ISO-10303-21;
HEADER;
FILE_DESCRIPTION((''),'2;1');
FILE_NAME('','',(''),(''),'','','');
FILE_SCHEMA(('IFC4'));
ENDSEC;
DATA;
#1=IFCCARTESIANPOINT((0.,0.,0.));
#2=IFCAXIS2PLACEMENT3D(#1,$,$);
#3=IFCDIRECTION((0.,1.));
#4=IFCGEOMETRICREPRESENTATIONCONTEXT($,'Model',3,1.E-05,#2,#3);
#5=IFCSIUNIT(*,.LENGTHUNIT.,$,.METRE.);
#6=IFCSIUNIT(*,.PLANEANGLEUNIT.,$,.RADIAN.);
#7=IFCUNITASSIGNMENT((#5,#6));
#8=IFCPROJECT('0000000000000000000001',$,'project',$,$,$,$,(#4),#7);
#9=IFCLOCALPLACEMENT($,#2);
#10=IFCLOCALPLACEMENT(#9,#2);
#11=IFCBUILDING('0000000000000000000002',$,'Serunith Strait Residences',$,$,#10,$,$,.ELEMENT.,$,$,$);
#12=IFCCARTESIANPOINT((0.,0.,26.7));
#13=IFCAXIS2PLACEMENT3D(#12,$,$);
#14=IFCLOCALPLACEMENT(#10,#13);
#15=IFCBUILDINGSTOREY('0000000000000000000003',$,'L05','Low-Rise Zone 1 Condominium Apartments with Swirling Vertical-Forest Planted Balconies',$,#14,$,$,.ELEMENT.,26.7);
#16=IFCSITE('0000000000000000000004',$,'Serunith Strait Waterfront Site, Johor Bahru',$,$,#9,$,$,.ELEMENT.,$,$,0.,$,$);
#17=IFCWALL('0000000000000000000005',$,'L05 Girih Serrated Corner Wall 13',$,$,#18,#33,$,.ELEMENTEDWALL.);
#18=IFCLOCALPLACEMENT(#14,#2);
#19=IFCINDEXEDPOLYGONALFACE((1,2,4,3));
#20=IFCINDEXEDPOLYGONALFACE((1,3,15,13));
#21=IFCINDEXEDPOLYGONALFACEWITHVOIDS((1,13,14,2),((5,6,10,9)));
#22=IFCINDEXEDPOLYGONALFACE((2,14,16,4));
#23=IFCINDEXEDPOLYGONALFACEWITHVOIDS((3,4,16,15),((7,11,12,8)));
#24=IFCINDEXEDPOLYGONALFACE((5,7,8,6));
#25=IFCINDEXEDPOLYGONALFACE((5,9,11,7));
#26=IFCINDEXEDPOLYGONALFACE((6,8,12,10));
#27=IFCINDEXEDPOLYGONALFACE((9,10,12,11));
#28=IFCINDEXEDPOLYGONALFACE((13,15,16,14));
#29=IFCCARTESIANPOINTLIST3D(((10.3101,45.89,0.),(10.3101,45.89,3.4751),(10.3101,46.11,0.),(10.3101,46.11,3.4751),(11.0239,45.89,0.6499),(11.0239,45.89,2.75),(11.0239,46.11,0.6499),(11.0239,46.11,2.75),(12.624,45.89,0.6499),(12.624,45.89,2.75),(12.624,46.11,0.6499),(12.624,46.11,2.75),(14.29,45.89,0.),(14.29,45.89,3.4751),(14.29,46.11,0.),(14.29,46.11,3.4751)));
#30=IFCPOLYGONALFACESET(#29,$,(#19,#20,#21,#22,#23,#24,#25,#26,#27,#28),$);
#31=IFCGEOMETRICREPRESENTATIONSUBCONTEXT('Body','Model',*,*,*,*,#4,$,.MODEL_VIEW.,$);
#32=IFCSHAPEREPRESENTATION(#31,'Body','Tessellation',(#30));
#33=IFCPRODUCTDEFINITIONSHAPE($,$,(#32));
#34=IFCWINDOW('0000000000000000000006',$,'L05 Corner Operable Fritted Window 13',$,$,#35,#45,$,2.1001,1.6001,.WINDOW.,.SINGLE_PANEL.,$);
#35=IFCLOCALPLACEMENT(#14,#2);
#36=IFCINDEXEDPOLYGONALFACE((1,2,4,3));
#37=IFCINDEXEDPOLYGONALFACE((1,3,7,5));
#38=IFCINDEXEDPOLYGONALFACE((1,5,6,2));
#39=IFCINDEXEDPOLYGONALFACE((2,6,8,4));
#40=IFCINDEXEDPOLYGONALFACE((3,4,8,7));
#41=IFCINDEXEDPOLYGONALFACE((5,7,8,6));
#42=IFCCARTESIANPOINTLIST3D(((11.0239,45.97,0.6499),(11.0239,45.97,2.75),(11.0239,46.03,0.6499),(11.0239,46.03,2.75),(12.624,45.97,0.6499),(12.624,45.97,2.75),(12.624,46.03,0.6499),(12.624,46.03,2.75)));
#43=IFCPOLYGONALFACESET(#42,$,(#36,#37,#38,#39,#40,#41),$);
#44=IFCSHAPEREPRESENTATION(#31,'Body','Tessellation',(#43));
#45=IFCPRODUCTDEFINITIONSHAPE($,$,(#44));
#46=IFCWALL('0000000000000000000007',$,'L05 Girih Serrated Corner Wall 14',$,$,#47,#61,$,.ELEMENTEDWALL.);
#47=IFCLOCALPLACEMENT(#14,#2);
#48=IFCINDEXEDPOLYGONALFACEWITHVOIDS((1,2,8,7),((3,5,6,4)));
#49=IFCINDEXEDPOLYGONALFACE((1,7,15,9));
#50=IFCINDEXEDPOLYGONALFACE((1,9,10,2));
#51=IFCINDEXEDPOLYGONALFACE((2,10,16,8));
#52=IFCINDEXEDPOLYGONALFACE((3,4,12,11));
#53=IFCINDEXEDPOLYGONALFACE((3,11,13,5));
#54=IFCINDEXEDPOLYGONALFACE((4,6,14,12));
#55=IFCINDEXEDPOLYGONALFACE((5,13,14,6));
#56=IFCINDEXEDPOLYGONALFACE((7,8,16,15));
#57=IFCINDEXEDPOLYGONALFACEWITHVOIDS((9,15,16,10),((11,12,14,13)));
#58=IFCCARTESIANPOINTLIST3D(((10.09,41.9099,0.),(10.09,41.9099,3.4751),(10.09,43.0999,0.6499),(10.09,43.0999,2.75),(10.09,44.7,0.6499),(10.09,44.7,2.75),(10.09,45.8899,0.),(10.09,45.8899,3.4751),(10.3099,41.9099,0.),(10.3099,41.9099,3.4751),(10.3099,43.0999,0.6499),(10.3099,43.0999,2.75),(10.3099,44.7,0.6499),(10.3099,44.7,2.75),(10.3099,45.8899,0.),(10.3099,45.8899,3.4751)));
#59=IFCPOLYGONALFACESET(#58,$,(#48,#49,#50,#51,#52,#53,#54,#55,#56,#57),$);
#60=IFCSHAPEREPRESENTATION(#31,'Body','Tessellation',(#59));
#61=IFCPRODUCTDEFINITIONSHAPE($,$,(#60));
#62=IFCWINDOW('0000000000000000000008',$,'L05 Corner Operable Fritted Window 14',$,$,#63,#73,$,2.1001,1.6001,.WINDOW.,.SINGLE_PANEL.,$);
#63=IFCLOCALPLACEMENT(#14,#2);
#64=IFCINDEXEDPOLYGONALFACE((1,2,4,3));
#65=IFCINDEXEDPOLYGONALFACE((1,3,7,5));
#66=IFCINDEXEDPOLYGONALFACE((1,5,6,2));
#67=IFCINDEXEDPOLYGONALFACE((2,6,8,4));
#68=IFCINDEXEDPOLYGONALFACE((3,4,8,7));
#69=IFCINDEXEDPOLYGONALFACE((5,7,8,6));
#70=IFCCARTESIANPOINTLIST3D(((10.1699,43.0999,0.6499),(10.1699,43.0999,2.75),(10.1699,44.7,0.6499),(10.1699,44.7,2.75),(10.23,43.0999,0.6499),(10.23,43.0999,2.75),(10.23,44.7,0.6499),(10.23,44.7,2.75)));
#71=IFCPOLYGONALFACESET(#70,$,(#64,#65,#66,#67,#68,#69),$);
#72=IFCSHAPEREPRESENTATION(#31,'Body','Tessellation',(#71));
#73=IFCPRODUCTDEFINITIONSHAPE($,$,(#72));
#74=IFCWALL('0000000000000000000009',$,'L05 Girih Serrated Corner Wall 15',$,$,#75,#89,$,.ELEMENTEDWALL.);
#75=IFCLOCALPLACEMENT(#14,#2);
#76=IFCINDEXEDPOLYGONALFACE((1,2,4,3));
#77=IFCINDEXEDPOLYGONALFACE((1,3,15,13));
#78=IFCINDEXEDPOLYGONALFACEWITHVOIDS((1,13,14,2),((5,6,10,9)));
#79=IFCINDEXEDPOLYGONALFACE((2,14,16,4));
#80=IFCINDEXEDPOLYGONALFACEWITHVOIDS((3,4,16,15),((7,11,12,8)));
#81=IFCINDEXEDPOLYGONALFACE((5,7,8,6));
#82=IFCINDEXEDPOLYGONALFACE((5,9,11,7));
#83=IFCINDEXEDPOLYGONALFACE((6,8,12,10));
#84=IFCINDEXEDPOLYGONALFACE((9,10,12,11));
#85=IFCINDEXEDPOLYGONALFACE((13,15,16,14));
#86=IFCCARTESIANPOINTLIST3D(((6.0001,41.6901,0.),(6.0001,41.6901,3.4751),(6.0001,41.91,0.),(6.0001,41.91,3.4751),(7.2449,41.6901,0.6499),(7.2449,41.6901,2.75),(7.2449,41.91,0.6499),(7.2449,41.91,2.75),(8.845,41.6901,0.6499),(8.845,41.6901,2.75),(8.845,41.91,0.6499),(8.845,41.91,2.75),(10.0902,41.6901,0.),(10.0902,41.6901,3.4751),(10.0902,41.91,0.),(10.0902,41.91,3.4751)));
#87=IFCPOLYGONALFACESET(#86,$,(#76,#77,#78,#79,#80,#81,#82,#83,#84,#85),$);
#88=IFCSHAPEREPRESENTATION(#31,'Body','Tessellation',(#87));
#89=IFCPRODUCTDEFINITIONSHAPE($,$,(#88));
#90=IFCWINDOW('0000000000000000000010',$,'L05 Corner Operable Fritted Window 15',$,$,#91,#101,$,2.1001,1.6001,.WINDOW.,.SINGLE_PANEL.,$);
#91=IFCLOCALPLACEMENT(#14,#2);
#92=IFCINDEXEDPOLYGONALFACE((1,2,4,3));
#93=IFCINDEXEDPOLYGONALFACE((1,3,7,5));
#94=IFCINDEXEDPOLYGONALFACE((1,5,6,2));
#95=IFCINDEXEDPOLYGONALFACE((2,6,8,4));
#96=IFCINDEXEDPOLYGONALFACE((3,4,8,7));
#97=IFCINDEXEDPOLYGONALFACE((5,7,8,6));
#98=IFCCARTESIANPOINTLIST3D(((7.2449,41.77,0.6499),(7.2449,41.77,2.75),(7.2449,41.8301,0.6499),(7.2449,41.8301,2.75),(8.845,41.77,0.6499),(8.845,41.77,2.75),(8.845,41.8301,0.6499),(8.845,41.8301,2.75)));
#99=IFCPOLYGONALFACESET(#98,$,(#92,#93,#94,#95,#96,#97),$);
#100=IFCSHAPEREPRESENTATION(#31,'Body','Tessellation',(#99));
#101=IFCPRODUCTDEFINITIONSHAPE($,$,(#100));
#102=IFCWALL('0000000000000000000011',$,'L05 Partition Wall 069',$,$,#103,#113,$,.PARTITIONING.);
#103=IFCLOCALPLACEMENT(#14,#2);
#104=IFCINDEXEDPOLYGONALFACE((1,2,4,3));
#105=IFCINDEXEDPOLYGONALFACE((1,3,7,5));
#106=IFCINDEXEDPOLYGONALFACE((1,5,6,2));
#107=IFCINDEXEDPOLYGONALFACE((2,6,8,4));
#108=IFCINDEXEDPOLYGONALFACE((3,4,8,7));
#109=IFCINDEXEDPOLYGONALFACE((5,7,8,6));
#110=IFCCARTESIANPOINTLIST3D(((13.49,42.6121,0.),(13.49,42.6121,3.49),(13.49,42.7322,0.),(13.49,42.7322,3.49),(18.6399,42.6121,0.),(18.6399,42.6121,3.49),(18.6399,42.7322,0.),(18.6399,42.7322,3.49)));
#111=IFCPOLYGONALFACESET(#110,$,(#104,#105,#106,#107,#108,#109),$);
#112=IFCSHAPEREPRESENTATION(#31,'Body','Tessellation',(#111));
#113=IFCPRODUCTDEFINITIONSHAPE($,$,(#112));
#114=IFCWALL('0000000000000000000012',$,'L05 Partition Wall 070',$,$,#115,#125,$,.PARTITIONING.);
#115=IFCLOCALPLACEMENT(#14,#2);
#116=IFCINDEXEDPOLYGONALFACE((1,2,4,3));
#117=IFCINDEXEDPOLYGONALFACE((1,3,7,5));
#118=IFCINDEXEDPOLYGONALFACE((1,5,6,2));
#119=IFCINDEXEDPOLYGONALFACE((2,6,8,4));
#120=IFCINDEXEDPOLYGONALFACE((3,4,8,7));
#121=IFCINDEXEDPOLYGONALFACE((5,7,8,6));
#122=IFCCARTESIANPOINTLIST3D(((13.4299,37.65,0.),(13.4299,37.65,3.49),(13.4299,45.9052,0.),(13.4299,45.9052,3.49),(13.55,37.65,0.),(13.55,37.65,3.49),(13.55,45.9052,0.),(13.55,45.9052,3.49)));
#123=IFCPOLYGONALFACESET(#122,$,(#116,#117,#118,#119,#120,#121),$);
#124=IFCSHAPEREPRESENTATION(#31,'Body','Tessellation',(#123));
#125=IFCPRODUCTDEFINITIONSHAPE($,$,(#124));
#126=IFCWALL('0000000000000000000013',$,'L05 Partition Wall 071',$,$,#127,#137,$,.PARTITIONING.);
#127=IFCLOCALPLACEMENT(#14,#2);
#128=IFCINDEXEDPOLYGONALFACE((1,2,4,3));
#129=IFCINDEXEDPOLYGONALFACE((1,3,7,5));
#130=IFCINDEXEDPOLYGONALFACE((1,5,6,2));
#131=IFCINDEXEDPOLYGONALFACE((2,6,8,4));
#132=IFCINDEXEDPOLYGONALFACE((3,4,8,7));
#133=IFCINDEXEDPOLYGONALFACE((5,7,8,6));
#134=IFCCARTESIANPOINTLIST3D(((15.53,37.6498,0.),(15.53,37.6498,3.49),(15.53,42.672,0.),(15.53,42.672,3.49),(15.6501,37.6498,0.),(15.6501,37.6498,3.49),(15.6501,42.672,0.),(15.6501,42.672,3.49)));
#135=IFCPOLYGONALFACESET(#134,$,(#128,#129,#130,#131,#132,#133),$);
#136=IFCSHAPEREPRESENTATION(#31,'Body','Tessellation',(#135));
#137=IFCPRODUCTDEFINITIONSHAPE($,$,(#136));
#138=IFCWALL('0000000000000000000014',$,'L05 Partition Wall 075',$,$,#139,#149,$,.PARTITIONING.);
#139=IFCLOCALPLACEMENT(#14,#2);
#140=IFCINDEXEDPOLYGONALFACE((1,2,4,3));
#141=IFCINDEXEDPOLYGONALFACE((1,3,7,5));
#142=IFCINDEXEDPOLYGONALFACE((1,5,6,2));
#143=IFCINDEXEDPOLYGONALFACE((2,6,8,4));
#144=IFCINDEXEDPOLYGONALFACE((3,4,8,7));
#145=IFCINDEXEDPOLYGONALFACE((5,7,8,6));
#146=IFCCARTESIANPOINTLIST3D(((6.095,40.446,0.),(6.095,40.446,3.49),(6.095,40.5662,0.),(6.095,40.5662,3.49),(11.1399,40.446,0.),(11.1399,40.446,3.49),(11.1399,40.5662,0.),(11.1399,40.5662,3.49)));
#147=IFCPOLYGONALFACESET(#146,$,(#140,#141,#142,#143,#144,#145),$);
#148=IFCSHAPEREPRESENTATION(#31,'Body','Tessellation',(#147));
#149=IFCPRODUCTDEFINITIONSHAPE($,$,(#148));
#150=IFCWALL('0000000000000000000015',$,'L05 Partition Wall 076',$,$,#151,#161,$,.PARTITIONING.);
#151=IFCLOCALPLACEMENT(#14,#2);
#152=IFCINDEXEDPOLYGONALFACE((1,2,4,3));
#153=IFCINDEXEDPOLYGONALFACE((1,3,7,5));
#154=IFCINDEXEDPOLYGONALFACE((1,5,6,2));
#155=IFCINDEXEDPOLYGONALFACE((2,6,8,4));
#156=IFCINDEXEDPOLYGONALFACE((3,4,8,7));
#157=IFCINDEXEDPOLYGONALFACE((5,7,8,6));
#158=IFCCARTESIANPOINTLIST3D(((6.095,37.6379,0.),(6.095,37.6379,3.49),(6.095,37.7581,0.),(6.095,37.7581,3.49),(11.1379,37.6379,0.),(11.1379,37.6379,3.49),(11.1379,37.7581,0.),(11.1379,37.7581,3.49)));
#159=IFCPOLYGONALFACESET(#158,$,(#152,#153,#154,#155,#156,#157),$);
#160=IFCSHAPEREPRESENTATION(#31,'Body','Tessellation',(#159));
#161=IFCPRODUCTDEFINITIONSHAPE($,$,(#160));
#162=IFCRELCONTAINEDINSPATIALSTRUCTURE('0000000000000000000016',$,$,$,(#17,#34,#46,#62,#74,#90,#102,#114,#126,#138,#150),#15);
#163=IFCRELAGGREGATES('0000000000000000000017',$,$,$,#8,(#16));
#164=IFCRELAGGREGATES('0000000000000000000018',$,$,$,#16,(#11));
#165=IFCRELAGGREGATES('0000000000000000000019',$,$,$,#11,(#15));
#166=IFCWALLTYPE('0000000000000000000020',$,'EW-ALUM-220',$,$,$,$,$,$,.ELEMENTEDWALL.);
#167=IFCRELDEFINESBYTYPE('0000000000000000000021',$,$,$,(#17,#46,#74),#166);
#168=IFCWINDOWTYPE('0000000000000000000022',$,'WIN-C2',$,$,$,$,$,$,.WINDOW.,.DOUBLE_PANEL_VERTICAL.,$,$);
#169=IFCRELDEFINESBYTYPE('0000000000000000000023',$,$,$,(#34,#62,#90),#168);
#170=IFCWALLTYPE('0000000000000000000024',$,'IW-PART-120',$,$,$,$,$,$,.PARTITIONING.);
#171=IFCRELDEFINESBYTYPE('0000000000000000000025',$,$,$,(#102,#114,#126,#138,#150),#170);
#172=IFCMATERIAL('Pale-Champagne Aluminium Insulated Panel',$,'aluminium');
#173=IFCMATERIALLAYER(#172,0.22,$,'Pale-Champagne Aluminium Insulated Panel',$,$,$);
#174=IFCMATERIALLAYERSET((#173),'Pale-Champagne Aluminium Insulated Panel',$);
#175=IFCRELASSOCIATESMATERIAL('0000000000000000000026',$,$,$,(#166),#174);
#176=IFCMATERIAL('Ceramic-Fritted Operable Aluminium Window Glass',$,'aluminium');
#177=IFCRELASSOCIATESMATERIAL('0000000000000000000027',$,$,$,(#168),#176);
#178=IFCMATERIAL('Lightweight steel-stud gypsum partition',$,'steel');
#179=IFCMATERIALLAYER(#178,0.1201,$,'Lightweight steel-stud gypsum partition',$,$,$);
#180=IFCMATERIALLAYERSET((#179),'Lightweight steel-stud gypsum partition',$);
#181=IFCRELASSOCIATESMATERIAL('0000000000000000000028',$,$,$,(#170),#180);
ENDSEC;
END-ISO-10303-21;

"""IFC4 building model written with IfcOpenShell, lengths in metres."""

from ifc_helpers import new_model, si_unit, direction, frame, frame_2d, origin, place, context, subcontext, project, spatial, rectangle, extrude, source, transform, mapped, material, layer, layer_set, type_object, element, fill, save


model = new_model("IFC4")

# Units and contexts
model_context = context("Model", 3, precision=1e-05, world=origin(), true_north=direction((0.0, 1.0)))
body_context = subcontext(model_context, "Body", "Model", "MODEL_VIEW")
ifc_project = project(units=[si_unit("LENGTHUNIT", "METRE"), si_unit("PLANEANGLEUNIT", "RADIAN")], contexts=[model_context])

# Site, building, storey
site_placement = place(None, origin())
site = spatial("IfcSite", under=ifc_project, at=site_placement, Name="Serunith Strait Waterfront Site, Johor Bahru", CompositionType="ELEMENT", RefElevation=0.0)
building_placement = place(site_placement, origin())
building = spatial("IfcBuilding", under=site, at=building_placement, Name="Serunith Strait Residences", CompositionType="ELEMENT")
storey_placement = place(building_placement, frame((0.0, 0.0, 26.7)))
storey = spatial("IfcBuildingStorey", under=building, at=storey_placement, Name="L05", Description="Low-Rise Zone 1 Condominium Apartments with Swirling Vertical-Forest Planted Balconies", CompositionType="ELEMENT", Elevation=26.7)

# Walls, openings, windows
ifc_material_1 = material(Name="Pale-Champagne Aluminium Insulated Panel", Category="aluminium")
ifc_layer_1 = layer(ifc_material_1, 0.22, Name="Pale-Champagne Aluminium Insulated Panel")
ifc_layer_set_1 = layer_set([ifc_layer_1], Name="Pale-Champagne Aluminium Insulated Panel")
wall_type_1 = type_object("IfcWallType", Name="EW-ALUM-220", PredefinedType="ELEMENTEDWALL", material=ifc_layer_set_1)
ifc_material_2 = material(Name="Ceramic-Fritted Operable Aluminium Window Glass", Category="aluminium")
window_type = type_object("IfcWindowType", Name="WIN-C2", PartitioningType="DOUBLE_PANEL_VERTICAL", PredefinedType="WINDOW", material=ifc_material_2)
shared_shape_1 = source(origin(), body_context, "Body", "SweptSolid", [
    extrude(rectangle(XDim=1.6001, YDim=2.1001, at=frame_2d((0.8, 1.05))), frame((0.0, 0.03, 0.0), z_axis=(0.0, -1.0, 0.0), x_axis=(1.0, 0.0, 0.0)), (0.0, 0.0, 1.0), 0.0601),
])
wall_1_placement = place(storey_placement, frame((14.29, 46.0, 0.0), z_axis=(0.0, 0.0, 1.0), x_axis=(-1.0, 0.0, 0.0)))
wall_1 = element("IfcWall", 1, at=wall_1_placement, inside=storey, type_object=wall_type_1, Name="L05 Girih Serrated Corner Wall 13", PredefinedType="ELEMENTEDWALL", context=body_context, shape_type="SweptSolid", body=[
    extrude(rectangle(XDim=3.98, YDim=0.22, at=frame_2d((1.99, 0.0))), origin(), (0.0, 0.0, 1.0), 3.4751),
])
opening_1_placement = place(wall_1_placement, frame((1.666, 0.0, 0.6499)))
opening_1 = element("IfcOpeningElement", 2, at=opening_1_placement, cuts=wall_1, PredefinedType="OPENING", context=body_context, shape_type="SweptSolid", body=[
    extrude(rectangle(XDim=1.6001, YDim=2.1001, at=frame_2d((0.8, 1.05))), frame((0.0, 0.1201, 0.0), z_axis=(0.0, -1.0, 0.0), x_axis=(1.0, 0.0, 0.0)), (0.0, 0.0, 1.0), 0.24),
])
window_1_placement = place(opening_1_placement, origin())
window_1 = element("IfcWindow", 3, at=window_1_placement, inside=storey, type_object=window_type, Name="L05 Corner Operable Fritted Window 13", OverallHeight=2.1001, OverallWidth=1.6001, PartitioningType="SINGLE_PANEL", PredefinedType="WINDOW", context=body_context, shape_type="MappedRepresentation", body=[
    mapped(shared_shape_1, transform((0.0, 0.0, 0.0), scale=1.0)),
])
fill(opening_1, window_1)
wall_2_placement = place(storey_placement, frame((10.2, 45.8899, 0.0), z_axis=(0.0, 0.0, 1.0), x_axis=(0.0, -1.0, 0.0)))
wall_2 = element("IfcWall", 4, at=wall_2_placement, inside=storey, type_object=wall_type_1, Name="L05 Girih Serrated Corner Wall 14", PredefinedType="ELEMENTEDWALL", context=body_context, shape_type="SweptSolid", body=[
    extrude(rectangle(XDim=3.98, YDim=0.22, at=frame_2d((1.99, 0.0))), origin(), (0.0, 0.0, 1.0), 3.4751),
])
opening_2_placement = place(wall_2_placement, frame((1.1899, 0.0, 0.6499)))
opening_2 = element("IfcOpeningElement", 5, at=opening_2_placement, cuts=wall_2, PredefinedType="OPENING", context=body_context, shape_type="SweptSolid", body=[
    extrude(rectangle(XDim=1.6001, YDim=2.1001, at=frame_2d((0.8, 1.05))), frame((0.0, 0.1201, 0.0), z_axis=(0.0, -1.0, 0.0), x_axis=(1.0, 0.0, 0.0)), (0.0, 0.0, 1.0), 0.24),
])
window_2_placement = place(opening_2_placement, origin())
window_2 = element("IfcWindow", 6, at=window_2_placement, inside=storey, type_object=window_type, Name="L05 Corner Operable Fritted Window 14", OverallHeight=2.1001, OverallWidth=1.6001, PartitioningType="SINGLE_PANEL", PredefinedType="WINDOW", context=body_context, shape_type="MappedRepresentation", body=[
    mapped(shared_shape_1, transform((0.0, 0.0, 0.0), scale=1.0)),
])
fill(opening_2, window_2)
wall_3_placement = place(storey_placement, frame((10.0901, 41.8, 0.0), z_axis=(0.0, 0.0, 1.0), x_axis=(-1.0, 0.0, 0.0)))
wall_3 = element("IfcWall", 7, at=wall_3_placement, inside=storey, type_object=wall_type_1, Name="L05 Girih Serrated Corner Wall 15", PredefinedType="ELEMENTEDWALL", context=body_context, shape_type="SweptSolid", body=[
    extrude(rectangle(XDim=4.0901, YDim=0.22, at=frame_2d((2.0449, 0.0))), origin(), (0.0, 0.0, 1.0), 3.4751),
])
opening_3_placement = place(wall_3_placement, frame((1.2451, 0.0, 0.6499)))
opening_3 = element("IfcOpeningElement", 8, at=opening_3_placement, cuts=wall_3, PredefinedType="OPENING", context=body_context, shape_type="SweptSolid", body=[
    extrude(rectangle(XDim=1.6001, YDim=2.1001, at=frame_2d((0.8, 1.05))), frame((0.0, 0.1201, 0.0), z_axis=(0.0, -1.0, 0.0), x_axis=(1.0, 0.0, 0.0)), (0.0, 0.0, 1.0), 0.24),
])
window_3_placement = place(opening_3_placement, origin())
window_3 = element("IfcWindow", 9, at=window_3_placement, inside=storey, type_object=window_type, Name="L05 Corner Operable Fritted Window 15", OverallHeight=2.1001, OverallWidth=1.6001, PartitioningType="SINGLE_PANEL", PredefinedType="WINDOW", context=body_context, shape_type="MappedRepresentation", body=[
    mapped(shared_shape_1, transform((0.0, 0.0, 0.0), scale=1.0)),
])
fill(opening_3, window_3)

# Walls
ifc_material_3 = material(Name="Lightweight steel-stud gypsum partition", Category="steel")
ifc_layer_2 = layer(ifc_material_3, 0.1201, Name="Lightweight steel-stud gypsum partition")
ifc_layer_set_2 = layer_set([ifc_layer_2], Name="Lightweight steel-stud gypsum partition")
wall_type_2 = type_object("IfcWallType", Name="IW-PART-120", PredefinedType="PARTITIONING", material=ifc_layer_set_2)
wall_4_placement = place(storey_placement, frame((13.49, 42.6721, 0.0), z_axis=(0.0, 0.0, 1.0), x_axis=(1.0, 0.0, 0.0)))
element("IfcWall", 10, at=wall_4_placement, inside=storey, type_object=wall_type_2, Name="L05 Partition Wall 069", PredefinedType="PARTITIONING", context=body_context, shape_type="SweptSolid", body=[
    extrude(rectangle(XDim=5.1499, YDim=0.1201, at=frame_2d((2.575, 0.0))), origin(), (0.0, 0.0, 1.0), 3.49),
])
wall_5_placement = place(storey_placement, frame((13.49, 45.905, 0.0), z_axis=(0.0, 0.0, 1.0), x_axis=(0.0, -1.0, 0.0)))
element("IfcWall", 11, at=wall_5_placement, inside=storey, type_object=wall_type_2, Name="L05 Partition Wall 070", PredefinedType="PARTITIONING", context=body_context, shape_type="SweptSolid", body=[
    extrude(rectangle(XDim=8.2551, YDim=0.1201, at=frame_2d((4.1274, 0.0))), origin(), (0.0, 0.0, 1.0), 3.49),
])
wall_6_placement = place(storey_placement, frame((15.5901, 42.6721, 0.0), z_axis=(0.0, 0.0, 1.0), x_axis=(0.0, -1.0, 0.0)))
element("IfcWall", 12, at=wall_6_placement, inside=storey, type_object=wall_type_2, Name="L05 Partition Wall 071", PredefinedType="PARTITIONING", context=body_context, shape_type="SweptSolid", body=[
    extrude(rectangle(XDim=5.0222, YDim=0.1201, at=frame_2d((2.5112, 0.0))), origin(), (0.0, 0.0, 1.0), 3.49),
])
wall_7_placement = place(storey_placement, frame((6.095, 40.5061, 0.0), z_axis=(0.0, 0.0, 1.0), x_axis=(1.0, 0.0, 0.0)))
element("IfcWall", 13, at=wall_7_placement, inside=storey, type_object=wall_type_2, Name="L05 Partition Wall 075", PredefinedType="PARTITIONING", context=body_context, shape_type="SweptSolid", body=[
    extrude(rectangle(XDim=5.0449, YDim=0.1201, at=frame_2d((2.5225, 0.0))), origin(), (0.0, 0.0, 1.0), 3.49),
])
wall_8_placement = place(storey_placement, frame((6.095, 37.698, 0.0), z_axis=(0.0, 0.0, 1.0), x_axis=(1.0, 0.0, 0.0)))
element("IfcWall", 14, at=wall_8_placement, inside=storey, type_object=wall_type_2, Name="L05 Partition Wall 076", PredefinedType="PARTITIONING", context=body_context, shape_type="SweptSolid", body=[
    extrude(rectangle(XDim=5.043, YDim=0.1201, at=frame_2d((2.5215, 0.0))), origin(), (0.0, 0.0, 1.0), 3.49),
])

save(model, "model.ifc")
